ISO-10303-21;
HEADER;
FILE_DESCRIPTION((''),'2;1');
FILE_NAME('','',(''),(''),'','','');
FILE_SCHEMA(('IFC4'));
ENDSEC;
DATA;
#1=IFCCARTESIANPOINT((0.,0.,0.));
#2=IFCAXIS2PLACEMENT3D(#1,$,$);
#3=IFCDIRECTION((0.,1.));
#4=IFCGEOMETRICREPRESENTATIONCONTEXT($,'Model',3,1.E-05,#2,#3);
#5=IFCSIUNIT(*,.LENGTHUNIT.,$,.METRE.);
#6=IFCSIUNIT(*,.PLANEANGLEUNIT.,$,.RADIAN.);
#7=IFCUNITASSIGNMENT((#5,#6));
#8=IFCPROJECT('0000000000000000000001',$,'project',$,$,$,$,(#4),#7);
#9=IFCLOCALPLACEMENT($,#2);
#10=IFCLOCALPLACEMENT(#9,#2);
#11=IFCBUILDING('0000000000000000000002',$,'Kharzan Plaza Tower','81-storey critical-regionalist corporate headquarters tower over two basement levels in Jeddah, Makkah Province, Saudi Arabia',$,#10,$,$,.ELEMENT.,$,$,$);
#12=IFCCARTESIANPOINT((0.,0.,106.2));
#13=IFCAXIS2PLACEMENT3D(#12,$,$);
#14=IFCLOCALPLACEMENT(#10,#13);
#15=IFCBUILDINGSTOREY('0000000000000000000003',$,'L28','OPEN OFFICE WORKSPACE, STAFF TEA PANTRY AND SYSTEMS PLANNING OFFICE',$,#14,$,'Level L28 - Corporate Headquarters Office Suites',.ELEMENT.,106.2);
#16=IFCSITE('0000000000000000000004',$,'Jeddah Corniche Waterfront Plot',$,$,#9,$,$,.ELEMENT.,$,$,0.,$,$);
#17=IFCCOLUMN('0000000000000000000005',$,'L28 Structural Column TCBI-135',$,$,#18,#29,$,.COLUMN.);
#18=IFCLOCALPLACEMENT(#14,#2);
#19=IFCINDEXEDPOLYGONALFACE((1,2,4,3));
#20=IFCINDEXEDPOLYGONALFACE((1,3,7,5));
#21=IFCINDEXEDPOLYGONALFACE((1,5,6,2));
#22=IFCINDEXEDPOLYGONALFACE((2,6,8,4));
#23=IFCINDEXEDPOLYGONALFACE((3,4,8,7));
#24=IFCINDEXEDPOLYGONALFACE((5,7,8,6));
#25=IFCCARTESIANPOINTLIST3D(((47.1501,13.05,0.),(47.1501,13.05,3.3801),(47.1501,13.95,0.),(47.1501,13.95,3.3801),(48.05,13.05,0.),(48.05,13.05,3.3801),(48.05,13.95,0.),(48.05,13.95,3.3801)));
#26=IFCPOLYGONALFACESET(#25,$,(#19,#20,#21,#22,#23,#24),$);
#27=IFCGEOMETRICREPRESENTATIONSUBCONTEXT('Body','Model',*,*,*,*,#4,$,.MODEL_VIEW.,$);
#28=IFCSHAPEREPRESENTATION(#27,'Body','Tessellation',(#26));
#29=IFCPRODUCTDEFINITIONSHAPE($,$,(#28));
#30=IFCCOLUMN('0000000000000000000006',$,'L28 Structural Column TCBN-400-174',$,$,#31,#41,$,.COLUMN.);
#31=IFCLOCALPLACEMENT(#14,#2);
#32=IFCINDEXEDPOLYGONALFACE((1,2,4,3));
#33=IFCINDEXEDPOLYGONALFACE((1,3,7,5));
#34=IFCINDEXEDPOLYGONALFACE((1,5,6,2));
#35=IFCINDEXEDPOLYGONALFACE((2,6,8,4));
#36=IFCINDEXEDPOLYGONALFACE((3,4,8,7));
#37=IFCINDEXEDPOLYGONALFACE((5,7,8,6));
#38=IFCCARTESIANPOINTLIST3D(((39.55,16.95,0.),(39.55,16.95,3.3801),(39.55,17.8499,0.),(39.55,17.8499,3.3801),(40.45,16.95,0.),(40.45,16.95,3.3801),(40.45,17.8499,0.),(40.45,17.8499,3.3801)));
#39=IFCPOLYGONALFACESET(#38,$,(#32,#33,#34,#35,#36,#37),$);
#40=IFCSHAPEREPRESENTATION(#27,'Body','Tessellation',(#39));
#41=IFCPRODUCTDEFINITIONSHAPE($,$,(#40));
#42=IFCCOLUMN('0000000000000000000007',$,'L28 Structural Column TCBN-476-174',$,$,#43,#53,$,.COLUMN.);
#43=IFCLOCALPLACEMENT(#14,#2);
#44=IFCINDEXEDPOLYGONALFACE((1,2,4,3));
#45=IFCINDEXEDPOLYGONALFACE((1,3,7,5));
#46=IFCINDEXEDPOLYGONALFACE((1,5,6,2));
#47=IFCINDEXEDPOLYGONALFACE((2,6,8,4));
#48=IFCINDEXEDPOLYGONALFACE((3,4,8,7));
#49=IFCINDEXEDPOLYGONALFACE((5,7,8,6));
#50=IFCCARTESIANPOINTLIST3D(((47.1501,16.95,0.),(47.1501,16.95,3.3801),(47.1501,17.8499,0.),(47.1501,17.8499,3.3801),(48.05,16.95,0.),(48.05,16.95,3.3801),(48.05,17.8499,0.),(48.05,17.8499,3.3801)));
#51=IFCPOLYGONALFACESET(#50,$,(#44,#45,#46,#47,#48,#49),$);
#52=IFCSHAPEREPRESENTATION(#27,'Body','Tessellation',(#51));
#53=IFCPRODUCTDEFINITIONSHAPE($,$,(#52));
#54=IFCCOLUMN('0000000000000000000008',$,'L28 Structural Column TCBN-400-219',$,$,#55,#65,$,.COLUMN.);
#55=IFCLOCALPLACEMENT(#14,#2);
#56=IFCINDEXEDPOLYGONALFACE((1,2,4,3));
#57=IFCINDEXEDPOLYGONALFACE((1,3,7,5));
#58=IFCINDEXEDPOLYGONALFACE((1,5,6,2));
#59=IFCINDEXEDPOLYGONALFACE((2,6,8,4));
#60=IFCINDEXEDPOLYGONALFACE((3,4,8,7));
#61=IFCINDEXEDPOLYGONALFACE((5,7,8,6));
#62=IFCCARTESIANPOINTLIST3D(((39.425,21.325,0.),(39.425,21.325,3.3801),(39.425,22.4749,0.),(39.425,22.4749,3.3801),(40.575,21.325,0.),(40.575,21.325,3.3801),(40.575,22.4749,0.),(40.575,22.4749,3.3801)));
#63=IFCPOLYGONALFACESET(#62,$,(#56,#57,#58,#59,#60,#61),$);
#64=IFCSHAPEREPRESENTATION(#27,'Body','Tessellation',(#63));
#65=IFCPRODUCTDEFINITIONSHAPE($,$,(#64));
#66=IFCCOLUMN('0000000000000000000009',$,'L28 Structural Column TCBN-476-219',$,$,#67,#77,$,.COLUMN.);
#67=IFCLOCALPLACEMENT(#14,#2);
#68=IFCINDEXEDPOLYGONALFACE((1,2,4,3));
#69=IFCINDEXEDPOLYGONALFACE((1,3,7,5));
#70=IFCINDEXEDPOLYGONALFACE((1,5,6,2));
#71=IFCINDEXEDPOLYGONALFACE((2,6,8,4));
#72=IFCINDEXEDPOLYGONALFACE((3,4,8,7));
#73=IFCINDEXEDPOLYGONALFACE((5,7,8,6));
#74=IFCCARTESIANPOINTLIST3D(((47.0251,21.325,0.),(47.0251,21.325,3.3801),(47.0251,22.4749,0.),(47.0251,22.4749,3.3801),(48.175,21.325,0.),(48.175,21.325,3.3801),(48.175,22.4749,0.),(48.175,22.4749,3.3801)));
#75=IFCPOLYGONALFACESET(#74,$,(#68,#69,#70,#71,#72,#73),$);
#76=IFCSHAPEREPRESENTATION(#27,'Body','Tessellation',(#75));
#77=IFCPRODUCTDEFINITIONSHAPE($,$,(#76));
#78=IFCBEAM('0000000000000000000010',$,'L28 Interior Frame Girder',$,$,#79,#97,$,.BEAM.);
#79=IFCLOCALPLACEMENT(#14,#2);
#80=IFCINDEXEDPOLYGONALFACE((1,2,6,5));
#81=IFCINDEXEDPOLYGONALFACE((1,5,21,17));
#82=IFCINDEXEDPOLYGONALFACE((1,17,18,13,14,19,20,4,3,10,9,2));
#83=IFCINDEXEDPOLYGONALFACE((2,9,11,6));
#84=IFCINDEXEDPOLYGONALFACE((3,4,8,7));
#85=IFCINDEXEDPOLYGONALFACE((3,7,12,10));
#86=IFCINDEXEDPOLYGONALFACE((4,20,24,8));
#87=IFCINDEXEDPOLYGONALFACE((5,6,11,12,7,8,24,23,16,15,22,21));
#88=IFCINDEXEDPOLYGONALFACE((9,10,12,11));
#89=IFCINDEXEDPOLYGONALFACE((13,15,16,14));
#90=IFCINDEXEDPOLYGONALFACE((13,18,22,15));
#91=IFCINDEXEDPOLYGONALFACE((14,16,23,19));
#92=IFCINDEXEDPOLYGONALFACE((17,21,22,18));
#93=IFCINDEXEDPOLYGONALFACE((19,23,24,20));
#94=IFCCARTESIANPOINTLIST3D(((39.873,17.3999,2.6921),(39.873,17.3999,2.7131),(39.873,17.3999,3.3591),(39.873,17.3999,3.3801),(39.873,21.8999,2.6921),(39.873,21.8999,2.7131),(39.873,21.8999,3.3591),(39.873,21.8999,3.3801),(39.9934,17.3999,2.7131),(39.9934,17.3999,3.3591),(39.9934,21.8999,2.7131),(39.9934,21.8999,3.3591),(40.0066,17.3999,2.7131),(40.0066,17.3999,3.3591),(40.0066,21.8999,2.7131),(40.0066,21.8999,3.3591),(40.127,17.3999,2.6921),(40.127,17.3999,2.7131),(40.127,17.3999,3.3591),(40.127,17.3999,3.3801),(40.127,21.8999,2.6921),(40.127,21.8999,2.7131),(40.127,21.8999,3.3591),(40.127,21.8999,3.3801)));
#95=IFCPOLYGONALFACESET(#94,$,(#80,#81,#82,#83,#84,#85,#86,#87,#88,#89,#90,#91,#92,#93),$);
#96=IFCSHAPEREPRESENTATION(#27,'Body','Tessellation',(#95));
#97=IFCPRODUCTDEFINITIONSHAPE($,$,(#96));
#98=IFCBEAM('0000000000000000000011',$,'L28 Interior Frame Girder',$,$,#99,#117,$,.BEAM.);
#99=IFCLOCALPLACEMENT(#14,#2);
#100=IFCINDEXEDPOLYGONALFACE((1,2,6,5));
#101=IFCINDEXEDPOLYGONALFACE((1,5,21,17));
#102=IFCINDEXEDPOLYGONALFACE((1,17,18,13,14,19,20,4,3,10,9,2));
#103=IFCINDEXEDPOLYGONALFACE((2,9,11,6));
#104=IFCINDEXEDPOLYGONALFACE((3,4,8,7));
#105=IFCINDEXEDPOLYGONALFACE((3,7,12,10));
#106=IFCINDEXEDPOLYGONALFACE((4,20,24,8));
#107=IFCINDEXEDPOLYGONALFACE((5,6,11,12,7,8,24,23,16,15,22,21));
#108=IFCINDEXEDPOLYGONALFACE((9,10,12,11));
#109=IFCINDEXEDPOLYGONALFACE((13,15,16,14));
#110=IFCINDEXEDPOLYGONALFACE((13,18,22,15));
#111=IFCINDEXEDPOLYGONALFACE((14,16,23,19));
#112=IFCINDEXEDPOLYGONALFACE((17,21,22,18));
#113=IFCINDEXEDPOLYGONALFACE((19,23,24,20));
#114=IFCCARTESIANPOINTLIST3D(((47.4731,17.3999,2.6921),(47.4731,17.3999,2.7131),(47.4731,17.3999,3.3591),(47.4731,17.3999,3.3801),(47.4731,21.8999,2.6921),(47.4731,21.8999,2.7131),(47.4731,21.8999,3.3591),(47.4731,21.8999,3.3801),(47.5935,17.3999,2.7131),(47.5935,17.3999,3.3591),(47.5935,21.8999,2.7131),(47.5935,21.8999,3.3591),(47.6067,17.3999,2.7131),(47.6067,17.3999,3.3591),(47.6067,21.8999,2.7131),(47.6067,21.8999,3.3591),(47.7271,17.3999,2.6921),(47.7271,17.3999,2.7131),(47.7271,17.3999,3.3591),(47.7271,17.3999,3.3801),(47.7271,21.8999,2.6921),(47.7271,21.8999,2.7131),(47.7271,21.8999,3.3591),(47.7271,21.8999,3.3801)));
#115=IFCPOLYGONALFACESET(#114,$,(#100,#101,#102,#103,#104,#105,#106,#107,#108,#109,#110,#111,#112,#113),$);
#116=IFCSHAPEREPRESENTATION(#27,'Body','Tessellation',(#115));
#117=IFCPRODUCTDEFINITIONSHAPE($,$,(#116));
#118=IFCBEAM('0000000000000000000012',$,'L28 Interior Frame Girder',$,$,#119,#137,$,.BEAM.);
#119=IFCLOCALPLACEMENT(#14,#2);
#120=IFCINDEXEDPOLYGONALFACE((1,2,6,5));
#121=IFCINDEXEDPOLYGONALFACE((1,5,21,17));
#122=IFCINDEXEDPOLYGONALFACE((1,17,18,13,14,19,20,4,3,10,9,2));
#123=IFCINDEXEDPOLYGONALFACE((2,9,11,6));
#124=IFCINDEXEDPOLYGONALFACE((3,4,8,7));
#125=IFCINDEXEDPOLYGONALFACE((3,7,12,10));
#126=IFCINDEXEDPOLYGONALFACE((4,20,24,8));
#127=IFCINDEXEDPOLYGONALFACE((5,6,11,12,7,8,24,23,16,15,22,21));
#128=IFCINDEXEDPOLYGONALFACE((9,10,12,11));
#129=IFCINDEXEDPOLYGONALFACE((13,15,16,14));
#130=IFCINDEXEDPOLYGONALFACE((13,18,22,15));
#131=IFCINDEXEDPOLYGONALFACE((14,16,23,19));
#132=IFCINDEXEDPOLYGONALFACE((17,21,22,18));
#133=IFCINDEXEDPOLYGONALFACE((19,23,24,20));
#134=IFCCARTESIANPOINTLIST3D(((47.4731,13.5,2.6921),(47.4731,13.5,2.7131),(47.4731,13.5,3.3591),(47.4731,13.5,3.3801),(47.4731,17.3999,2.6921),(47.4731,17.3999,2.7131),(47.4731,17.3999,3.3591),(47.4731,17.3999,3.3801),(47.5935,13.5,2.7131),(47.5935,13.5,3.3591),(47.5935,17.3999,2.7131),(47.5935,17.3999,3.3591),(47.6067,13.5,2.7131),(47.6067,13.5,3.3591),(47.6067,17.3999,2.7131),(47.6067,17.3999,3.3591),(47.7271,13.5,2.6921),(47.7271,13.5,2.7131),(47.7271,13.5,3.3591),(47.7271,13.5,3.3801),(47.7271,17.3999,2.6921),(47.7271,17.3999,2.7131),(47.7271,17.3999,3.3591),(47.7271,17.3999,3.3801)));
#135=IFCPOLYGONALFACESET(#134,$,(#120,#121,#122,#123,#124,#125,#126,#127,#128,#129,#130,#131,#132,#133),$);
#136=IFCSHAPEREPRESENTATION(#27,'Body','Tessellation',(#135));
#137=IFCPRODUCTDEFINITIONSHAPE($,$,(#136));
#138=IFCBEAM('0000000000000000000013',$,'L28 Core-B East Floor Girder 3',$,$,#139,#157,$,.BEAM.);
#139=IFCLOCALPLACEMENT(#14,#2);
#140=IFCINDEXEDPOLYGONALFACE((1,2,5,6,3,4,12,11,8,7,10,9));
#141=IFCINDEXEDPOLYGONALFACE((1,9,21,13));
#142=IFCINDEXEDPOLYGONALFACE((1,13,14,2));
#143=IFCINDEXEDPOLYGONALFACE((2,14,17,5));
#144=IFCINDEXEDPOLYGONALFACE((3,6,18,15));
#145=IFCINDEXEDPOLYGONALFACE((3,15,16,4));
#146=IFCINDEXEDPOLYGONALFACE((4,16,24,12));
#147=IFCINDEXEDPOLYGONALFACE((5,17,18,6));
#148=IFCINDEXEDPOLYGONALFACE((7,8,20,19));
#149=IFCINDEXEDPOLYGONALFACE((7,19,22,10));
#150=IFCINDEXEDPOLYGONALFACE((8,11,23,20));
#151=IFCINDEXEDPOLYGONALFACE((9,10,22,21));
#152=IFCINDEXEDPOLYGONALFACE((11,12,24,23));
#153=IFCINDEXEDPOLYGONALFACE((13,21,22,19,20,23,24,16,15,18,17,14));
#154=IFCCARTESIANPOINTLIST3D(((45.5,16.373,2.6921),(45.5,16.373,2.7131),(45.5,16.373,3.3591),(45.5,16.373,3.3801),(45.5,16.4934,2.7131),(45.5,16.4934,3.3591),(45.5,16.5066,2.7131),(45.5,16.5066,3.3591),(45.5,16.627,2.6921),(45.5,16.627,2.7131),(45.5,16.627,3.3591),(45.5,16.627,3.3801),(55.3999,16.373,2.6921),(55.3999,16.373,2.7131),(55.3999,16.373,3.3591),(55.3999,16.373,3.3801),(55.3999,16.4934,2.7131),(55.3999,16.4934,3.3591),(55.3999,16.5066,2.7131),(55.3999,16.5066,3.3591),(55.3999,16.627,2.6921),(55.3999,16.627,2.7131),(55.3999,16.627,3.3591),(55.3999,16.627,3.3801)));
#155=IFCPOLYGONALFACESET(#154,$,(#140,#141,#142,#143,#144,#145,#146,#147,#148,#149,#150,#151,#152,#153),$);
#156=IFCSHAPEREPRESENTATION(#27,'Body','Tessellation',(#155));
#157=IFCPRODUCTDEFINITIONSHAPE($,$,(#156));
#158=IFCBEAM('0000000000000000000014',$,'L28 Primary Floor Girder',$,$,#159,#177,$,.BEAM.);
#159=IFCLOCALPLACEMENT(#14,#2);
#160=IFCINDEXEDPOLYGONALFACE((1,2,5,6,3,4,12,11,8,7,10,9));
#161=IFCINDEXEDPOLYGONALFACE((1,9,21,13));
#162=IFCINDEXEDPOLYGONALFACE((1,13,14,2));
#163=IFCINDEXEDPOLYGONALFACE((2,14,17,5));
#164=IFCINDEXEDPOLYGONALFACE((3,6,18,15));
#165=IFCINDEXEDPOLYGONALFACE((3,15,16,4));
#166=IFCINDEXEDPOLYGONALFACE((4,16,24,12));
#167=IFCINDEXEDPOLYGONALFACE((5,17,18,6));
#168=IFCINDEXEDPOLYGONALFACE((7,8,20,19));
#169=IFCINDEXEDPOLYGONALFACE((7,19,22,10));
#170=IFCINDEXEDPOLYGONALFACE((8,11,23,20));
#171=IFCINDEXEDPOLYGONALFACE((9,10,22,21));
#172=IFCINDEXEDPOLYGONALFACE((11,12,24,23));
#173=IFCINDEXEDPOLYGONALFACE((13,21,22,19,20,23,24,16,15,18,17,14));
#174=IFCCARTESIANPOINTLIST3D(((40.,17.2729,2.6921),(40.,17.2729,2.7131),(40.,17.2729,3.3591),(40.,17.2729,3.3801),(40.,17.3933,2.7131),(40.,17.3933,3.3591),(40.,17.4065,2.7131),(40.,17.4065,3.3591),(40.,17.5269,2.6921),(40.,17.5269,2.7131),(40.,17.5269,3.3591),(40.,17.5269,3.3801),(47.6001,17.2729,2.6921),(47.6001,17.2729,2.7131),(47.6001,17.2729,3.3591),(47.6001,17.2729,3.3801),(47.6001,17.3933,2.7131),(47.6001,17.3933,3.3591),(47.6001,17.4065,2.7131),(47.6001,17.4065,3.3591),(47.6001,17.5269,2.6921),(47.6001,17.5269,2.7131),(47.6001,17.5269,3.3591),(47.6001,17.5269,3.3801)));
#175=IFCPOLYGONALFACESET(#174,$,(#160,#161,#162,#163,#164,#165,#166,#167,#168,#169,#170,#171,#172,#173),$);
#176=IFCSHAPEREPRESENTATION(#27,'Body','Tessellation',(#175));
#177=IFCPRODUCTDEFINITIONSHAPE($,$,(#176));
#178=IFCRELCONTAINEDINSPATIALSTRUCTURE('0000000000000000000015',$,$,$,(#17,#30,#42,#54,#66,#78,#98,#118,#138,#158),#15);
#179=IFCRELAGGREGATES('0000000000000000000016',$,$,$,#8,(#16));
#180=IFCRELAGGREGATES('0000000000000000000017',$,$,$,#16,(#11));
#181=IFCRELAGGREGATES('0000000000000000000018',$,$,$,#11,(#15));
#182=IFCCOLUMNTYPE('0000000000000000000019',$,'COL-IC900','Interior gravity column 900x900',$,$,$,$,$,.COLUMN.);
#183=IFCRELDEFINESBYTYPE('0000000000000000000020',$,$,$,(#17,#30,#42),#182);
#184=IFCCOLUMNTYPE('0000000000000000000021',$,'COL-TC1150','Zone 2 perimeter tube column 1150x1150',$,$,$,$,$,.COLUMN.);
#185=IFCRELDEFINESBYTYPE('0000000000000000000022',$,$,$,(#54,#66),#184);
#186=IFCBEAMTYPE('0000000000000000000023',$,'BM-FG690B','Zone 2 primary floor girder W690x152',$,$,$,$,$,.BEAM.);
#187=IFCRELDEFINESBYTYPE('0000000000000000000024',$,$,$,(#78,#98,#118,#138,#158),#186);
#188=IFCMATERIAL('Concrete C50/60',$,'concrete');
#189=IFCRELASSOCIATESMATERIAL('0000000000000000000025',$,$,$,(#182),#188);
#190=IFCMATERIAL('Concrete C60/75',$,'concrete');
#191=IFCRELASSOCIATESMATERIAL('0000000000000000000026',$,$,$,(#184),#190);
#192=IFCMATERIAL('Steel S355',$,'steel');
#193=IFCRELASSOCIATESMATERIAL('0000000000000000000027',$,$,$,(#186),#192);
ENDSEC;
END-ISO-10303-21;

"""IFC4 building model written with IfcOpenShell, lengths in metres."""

from ifc_helpers import new_model, si_unit, direction, frame, origin, origin_2d, place, context, subcontext, project, spatial, rectangle, i_section, extrude, source, transform, mapped, material, material_profile, profile_set, type_object, element, save


model = new_model("IFC4")

# Units and contexts
model_context = context("Model", 3, precision=1e-05, world=origin(), true_north=direction((0.0, 1.0)))
body_context = subcontext(model_context, "Body", "Model", "MODEL_VIEW")
ifc_project = project(units=[si_unit("LENGTHUNIT", "METRE"), si_unit("PLANEANGLEUNIT", "RADIAN")], contexts=[model_context])

# Site, building, storey
site_placement = place(None, origin())
site = spatial("IfcSite", under=ifc_project, at=site_placement, Name="Jeddah Corniche Waterfront Plot", CompositionType="ELEMENT", RefElevation=0.0)
building_placement = place(site_placement, origin())
building = spatial("IfcBuilding", under=site, at=building_placement, Name="Kharzan Plaza Tower", Description="81-storey critical-regionalist corporate headquarters tower over two basement levels in Jeddah, Makkah Province, Saudi Arabia", CompositionType="ELEMENT")
storey_placement = place(building_placement, frame((0.0, 0.0, 106.2)))
storey = spatial("IfcBuildingStorey", under=building, at=storey_placement, Name="L28", Description="OPEN OFFICE WORKSPACE, STAFF TEA PANTRY AND SYSTEMS PLANNING OFFICE", LongName="Level L28 - Corporate Headquarters Office Suites", CompositionType="ELEMENT", Elevation=106.2)

# Columns
ifc_material_1 = material(Name="Concrete C50/60", Category="concrete")
ifc_material_profile_1 = material_profile(ifc_material_1, rectangle(XDim=0.8999, YDim=0.8999, at=origin_2d()), Name="RC-IC900x900")
ifc_profile_set_1 = profile_set([ifc_material_profile_1], Name="Concrete C50/60")
column_type_1 = type_object("IfcColumnType", Name="COL-IC900", Description="Interior gravity column 900x900", PredefinedType="COLUMN", material=ifc_profile_set_1)
shared_shape_1 = source(origin(), body_context, "Body", "SweptSolid", [
    extrude(rectangle(XDim=0.8999, YDim=0.8999, at=origin_2d()), origin(), (0.0, 0.0, 1.0), 3.3801),
])
for number, where, z_axis, x_axis, name in (
    (1, (47.6001, 13.5, 0.0), (0.0, 0.0, 1.0), (1.0, 0.0, 0.0), "L28 Structural Column TCBI-135"),
    (2, (40.0, 17.3999, 0.0), (0.0, 0.0, 1.0), (1.0, 0.0, 0.0), "L28 Structural Column TCBN-400-174"),
    (3, (47.6001, 17.3999, 0.0), (0.0, 0.0, 1.0), (1.0, 0.0, 0.0), "L28 Structural Column TCBN-476-174"),
):
    element("IfcColumn", number, at=place(storey_placement, frame(where, z_axis=z_axis, x_axis=x_axis)), inside=storey, type_object=column_type_1, Name=name, PredefinedType="COLUMN", context=body_context, shape_type="MappedRepresentation", body=[
        mapped(shared_shape_1, transform((0.0, 0.0, 0.0), x_axis=(1.0, 0.0, 0.0), y_axis=(0.0, 1.0, 0.0), z_axis=(0.0, 0.0, 1.0))),
    ])
ifc_material_2 = material(Name="Concrete C60/75", Category="concrete")
ifc_material_profile_2 = material_profile(ifc_material_2, rectangle(XDim=1.1499, YDim=1.1499, at=origin_2d()), Name="RC-TC1150x1150")
ifc_profile_set_2 = profile_set([ifc_material_profile_2], Name="Concrete C60/75")
column_type_2 = type_object("IfcColumnType", Name="COL-TC1150", Description="Zone 2 perimeter tube column 1150x1150", PredefinedType="COLUMN", material=ifc_profile_set_2)
shared_shape_2 = source(origin(), body_context, "Body", "SweptSolid", [
    extrude(rectangle(XDim=1.1499, YDim=1.1499, at=origin_2d()), origin(), (0.0, 0.0, 1.0), 3.3801),
])
for number, where, z_axis, x_axis, name in (
    (4, (40.0, 21.8999, 0.0), (0.0, 0.0, 1.0), (1.0, 0.0, 0.0), "L28 Structural Column TCBN-400-219"),
    (5, (47.6001, 21.8999, 0.0), (0.0, 0.0, 1.0), (1.0, 0.0, 0.0), "L28 Structural Column TCBN-476-219"),
):
    element("IfcColumn", number, at=place(storey_placement, frame(where, z_axis=z_axis, x_axis=x_axis)), inside=storey, type_object=column_type_2, Name=name, PredefinedType="COLUMN", context=body_context, shape_type="MappedRepresentation", body=[
        mapped(shared_shape_2, transform((0.0, 0.0, 0.0), x_axis=(1.0, 0.0, 0.0), y_axis=(0.0, 1.0, 0.0), z_axis=(0.0, 0.0, 1.0))),
    ])

# Beams
ifc_material_3 = material(Name="Steel S355", Category="steel")
ifc_material_profile_3 = material_profile(ifc_material_3, i_section(OverallWidth=0.2539, OverallDepth=0.688, WebThickness=0.0132, FlangeThickness=0.021, at=origin_2d()), Name="W690x152")
ifc_profile_set_3 = profile_set([ifc_material_profile_3], Name="Steel S355")
beam_type_1 = type_object("IfcBeamType", Name="BM-FG690B", Description="Zone 2 primary floor girder W690x152", PredefinedType="BEAM", material=ifc_profile_set_3)
shared_shape_3 = source(origin(), body_context, "Body", "SweptSolid", [
    extrude(i_section(OverallWidth=0.2539, OverallDepth=0.688, WebThickness=0.0132, FlangeThickness=0.021, at=origin_2d()), origin(), (0.0, 0.0, 1.0), 4.5),
])
for number, where, z_axis, x_axis, name in (
    (6, (40.0, 17.3999, 3.0361), (0.0, 1.0, 0.0), (-1.0, 0.0, 0.0), "L28 Interior Frame Girder"),
    (7, (47.6001, 17.3999, 3.0361), (0.0, 1.0, 0.0), (-1.0, 0.0, 0.0), "L28 Interior Frame Girder"),
):
    element("IfcBeam", number, at=place(storey_placement, frame(where, z_axis=z_axis, x_axis=x_axis)), inside=storey, type_object=beam_type_1, Name=name, PredefinedType="BEAM", context=body_context, shape_type="MappedRepresentation", body=[
        mapped(shared_shape_3, transform((0.0, 0.0, 0.0), x_axis=(1.0, 0.0, 0.0), y_axis=(0.0, 1.0, 0.0), z_axis=(0.0, 0.0, 1.0))),
    ])
shared_shape_4 = source(origin(), body_context, "Body", "SweptSolid", [
    extrude(i_section(OverallWidth=0.2539, OverallDepth=0.688, WebThickness=0.0132, FlangeThickness=0.021, at=origin_2d()), origin(), (0.0, 0.0, 1.0), 3.8999),
])
beam_1_placement = place(storey_placement, frame((47.6001, 13.5, 3.0361), z_axis=(0.0, 1.0, 0.0), x_axis=(-1.0, 0.0, 0.0)))
element("IfcBeam", 8, at=beam_1_placement, inside=storey, type_object=beam_type_1, Name="L28 Interior Frame Girder", PredefinedType="BEAM", context=body_context, shape_type="MappedRepresentation", body=[
    mapped(shared_shape_4, transform((0.0, 0.0, 0.0), x_axis=(1.0, 0.0, 0.0), y_axis=(0.0, 1.0, 0.0), z_axis=(0.0, 0.0, 1.0))),
])
shared_shape_5 = source(origin(), body_context, "Body", "SweptSolid", [
    extrude(i_section(OverallWidth=0.2539, OverallDepth=0.688, WebThickness=0.0132, FlangeThickness=0.021, at=origin_2d()), origin(), (0.0, 0.0, 1.0), 9.8999),
])
beam_2_placement = place(storey_placement, frame((45.5, 16.5, 3.0361), z_axis=(1.0, 0.0, 0.0), x_axis=(0.0, 1.0, 0.0)))
element("IfcBeam", 9, at=beam_2_placement, inside=storey, type_object=beam_type_1, Name="L28 Core-B East Floor Girder 3", PredefinedType="BEAM", context=body_context, shape_type="MappedRepresentation", body=[
    mapped(shared_shape_5, transform((0.0, 0.0, 0.0), x_axis=(1.0, 0.0, 0.0), y_axis=(0.0, 1.0, 0.0), z_axis=(0.0, 0.0, 1.0))),
])
shared_shape_6 = source(origin(), body_context, "Body", "SweptSolid", [
    extrude(i_section(OverallWidth=0.2539, OverallDepth=0.688, WebThickness=0.0132, FlangeThickness=0.021, at=origin_2d()), origin(), (0.0, 0.0, 1.0), 7.6001),
])
beam_3_placement = place(storey_placement, frame((40.0, 17.3999, 3.0361), z_axis=(1.0, 0.0, 0.0), x_axis=(0.0, 1.0, 0.0)))
element("IfcBeam", 10, at=beam_3_placement, inside=storey, type_object=beam_type_1, Name="L28 Primary Floor Girder", PredefinedType="BEAM", context=body_context, shape_type="MappedRepresentation", body=[
    mapped(shared_shape_6, transform((0.0, 0.0, 0.0), x_axis=(1.0, 0.0, 0.0), y_axis=(0.0, 1.0, 0.0), z_axis=(0.0, 0.0, 1.0))),
])

save(model, "model.ifc")
